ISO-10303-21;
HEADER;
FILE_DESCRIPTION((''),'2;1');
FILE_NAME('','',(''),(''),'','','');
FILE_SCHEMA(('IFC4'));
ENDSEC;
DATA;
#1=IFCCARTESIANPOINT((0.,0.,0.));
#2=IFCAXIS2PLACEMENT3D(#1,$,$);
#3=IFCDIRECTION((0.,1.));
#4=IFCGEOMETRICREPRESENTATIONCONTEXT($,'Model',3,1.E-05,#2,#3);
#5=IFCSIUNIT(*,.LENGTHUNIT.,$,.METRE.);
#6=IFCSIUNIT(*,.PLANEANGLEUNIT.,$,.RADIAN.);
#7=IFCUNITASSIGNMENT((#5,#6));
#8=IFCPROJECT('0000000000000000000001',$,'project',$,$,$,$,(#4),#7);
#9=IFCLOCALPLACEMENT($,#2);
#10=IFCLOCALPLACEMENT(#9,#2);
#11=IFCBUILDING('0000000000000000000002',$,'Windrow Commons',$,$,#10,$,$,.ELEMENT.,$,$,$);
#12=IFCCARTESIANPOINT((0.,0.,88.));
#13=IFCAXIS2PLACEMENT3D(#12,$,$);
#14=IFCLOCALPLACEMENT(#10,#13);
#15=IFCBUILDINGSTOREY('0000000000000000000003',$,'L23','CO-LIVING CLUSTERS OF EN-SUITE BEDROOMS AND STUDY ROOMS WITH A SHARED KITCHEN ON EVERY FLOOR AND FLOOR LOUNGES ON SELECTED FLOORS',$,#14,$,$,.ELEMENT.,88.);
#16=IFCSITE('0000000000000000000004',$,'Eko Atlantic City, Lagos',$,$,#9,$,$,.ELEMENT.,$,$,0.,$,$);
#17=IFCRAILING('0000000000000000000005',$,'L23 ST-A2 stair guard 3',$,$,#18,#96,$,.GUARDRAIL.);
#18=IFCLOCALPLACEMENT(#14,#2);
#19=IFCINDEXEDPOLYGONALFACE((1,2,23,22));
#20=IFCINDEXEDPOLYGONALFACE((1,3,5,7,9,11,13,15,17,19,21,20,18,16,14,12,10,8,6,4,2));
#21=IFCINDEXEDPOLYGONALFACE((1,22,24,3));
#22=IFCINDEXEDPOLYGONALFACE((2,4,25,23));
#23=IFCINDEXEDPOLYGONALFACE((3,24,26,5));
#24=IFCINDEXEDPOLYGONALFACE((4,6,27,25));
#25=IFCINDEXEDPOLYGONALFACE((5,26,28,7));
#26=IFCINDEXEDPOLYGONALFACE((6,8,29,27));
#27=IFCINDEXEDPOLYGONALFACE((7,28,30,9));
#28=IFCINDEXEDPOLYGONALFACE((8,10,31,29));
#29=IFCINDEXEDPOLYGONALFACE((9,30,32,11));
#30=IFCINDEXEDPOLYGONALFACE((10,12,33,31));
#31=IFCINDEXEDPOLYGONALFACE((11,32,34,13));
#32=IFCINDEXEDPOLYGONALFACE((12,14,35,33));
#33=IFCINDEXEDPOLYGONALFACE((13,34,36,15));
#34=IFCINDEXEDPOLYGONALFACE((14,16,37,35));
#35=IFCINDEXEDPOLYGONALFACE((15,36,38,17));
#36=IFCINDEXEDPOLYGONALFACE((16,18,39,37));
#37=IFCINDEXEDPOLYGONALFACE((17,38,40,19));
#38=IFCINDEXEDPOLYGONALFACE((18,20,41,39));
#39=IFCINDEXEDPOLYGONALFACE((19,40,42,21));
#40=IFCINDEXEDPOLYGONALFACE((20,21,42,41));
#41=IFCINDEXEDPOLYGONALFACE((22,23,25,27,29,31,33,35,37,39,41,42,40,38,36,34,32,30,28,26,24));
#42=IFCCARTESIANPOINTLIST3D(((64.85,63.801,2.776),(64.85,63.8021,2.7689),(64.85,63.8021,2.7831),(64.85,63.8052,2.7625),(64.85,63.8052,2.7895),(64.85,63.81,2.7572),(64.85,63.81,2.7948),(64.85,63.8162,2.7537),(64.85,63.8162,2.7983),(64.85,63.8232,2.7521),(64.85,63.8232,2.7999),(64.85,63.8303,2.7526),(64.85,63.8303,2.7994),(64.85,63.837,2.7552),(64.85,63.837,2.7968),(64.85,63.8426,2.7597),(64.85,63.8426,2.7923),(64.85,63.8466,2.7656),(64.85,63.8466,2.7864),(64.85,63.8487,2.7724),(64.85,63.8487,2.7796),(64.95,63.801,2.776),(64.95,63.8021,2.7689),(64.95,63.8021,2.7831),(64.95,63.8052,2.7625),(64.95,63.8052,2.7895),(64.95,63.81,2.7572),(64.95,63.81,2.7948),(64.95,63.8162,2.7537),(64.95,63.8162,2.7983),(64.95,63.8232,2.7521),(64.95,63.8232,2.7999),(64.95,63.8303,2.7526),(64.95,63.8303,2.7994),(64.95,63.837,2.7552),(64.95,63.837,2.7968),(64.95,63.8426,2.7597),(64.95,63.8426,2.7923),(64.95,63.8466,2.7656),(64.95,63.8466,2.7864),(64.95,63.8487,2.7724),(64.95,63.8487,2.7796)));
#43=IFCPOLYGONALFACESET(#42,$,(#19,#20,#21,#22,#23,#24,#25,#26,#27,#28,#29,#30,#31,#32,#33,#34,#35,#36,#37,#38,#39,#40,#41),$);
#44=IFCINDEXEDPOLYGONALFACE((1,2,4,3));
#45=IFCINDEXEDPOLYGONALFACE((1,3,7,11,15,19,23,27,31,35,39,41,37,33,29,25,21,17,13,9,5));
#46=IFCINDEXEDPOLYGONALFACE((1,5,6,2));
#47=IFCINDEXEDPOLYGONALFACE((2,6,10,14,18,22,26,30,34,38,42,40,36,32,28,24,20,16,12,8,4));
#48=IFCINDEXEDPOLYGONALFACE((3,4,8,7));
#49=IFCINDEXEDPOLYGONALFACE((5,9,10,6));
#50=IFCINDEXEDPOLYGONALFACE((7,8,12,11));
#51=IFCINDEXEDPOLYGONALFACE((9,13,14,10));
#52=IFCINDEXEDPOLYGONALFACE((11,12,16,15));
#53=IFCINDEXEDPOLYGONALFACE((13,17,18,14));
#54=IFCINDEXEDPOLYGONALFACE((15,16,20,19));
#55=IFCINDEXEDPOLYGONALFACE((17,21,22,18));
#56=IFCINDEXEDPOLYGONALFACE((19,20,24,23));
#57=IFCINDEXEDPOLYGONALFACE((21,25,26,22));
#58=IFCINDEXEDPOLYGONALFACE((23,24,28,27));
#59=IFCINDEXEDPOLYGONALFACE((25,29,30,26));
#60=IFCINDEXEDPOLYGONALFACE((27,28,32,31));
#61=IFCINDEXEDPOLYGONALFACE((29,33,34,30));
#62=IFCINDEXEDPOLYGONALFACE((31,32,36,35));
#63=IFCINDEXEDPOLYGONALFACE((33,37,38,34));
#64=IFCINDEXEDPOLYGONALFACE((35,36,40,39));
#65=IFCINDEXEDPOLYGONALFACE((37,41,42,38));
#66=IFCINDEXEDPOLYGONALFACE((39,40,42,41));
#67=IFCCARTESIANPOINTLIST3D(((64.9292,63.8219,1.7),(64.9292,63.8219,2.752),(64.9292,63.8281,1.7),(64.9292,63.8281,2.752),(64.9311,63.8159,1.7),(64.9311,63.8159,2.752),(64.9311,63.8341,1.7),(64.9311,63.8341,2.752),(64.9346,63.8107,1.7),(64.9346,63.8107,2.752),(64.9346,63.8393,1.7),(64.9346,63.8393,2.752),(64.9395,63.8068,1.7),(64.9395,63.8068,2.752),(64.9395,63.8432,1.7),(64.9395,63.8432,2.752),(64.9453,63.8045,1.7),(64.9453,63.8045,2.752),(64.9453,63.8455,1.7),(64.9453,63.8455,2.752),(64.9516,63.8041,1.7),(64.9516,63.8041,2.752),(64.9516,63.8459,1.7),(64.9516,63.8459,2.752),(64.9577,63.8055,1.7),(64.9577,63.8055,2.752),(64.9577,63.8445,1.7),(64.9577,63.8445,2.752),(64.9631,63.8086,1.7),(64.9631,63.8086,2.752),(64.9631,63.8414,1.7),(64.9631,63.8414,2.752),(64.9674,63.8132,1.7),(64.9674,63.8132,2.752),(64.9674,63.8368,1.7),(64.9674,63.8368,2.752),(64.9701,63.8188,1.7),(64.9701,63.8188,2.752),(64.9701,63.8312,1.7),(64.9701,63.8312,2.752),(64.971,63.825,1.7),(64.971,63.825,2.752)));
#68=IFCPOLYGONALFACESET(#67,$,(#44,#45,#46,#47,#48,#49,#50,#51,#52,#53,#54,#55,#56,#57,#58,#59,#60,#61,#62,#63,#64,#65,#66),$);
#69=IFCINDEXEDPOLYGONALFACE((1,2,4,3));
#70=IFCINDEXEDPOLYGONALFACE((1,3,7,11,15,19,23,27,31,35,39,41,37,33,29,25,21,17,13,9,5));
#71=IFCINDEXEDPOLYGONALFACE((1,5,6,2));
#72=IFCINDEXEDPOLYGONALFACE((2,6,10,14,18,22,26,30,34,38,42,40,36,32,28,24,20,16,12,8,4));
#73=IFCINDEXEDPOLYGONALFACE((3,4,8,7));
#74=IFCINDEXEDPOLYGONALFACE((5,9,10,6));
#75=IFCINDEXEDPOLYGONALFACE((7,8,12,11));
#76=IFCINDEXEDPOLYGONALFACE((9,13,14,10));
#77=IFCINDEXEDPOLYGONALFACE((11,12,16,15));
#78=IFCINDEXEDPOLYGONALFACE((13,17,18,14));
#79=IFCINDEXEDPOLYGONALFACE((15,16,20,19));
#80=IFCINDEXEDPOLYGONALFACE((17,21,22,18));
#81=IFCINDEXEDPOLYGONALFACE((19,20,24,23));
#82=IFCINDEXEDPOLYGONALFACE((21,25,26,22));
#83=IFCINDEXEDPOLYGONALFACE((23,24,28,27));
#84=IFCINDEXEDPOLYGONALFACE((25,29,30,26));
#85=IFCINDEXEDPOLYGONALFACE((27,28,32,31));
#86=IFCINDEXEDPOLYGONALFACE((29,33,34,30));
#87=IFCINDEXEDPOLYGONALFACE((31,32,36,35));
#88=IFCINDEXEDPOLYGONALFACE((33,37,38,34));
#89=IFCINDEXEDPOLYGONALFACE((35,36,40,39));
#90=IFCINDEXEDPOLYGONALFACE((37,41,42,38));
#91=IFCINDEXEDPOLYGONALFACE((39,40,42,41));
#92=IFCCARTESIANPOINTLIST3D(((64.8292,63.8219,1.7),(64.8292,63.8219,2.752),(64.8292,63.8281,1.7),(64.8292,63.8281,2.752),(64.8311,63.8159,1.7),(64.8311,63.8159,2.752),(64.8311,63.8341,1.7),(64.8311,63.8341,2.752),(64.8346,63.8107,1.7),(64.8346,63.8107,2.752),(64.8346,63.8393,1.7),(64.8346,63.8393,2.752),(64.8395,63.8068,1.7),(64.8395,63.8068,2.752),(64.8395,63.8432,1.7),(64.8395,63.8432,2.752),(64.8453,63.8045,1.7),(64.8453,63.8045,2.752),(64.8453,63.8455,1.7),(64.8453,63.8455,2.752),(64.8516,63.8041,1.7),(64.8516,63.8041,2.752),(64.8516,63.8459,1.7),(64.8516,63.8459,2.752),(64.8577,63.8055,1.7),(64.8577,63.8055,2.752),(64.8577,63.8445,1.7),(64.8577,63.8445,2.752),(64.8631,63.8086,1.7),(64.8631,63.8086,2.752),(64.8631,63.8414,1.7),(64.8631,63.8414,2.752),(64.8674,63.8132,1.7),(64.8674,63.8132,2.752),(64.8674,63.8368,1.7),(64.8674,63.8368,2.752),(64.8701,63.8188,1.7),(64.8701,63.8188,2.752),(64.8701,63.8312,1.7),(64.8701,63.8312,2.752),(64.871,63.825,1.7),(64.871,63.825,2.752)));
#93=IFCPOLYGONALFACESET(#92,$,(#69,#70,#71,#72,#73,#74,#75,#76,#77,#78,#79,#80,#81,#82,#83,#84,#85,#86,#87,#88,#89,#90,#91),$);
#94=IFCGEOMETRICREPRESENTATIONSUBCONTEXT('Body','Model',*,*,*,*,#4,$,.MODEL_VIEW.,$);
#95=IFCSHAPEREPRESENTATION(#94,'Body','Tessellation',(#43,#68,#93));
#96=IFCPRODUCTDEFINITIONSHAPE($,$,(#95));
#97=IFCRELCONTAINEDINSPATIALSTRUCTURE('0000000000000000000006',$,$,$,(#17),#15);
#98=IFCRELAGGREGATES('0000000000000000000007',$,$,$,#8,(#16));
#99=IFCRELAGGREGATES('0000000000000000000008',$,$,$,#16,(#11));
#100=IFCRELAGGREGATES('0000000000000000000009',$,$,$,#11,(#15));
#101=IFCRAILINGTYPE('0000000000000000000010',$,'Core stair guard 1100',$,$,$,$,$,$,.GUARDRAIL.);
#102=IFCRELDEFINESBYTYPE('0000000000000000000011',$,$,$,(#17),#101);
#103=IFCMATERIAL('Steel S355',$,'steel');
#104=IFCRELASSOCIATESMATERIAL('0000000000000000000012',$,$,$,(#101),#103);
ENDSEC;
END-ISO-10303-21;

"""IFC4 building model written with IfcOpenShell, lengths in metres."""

from ifc_helpers import new_model, si_unit, direction, frame, origin, origin_2d, place, context, subcontext, project, spatial, circle, extrude, material, type_object, element, save


model = new_model("IFC4")

# Units and contexts
model_context = context("Model", 3, precision=1e-05, world=origin(), true_north=direction((0.0, 1.0)))
body_context = subcontext(model_context, "Body", "Model", "MODEL_VIEW")
ifc_project = project(units=[si_unit("LENGTHUNIT", "METRE"), si_unit("PLANEANGLEUNIT", "RADIAN")], contexts=[model_context])

# Site, building, storey
site_placement = place(None, origin())
site = spatial("IfcSite", under=ifc_project, at=site_placement, Name="Eko Atlantic City, Lagos", CompositionType="ELEMENT", RefElevation=0.0)
building_placement = place(site_placement, origin())
building = spatial("IfcBuilding", under=site, at=building_placement, Name="Windrow Commons", CompositionType="ELEMENT")
storey_placement = place(building_placement, frame((0.0, 0.0, 88.0)))
storey = spatial("IfcBuildingStorey", under=building, at=storey_placement, Name="L23", Description="CO-LIVING CLUSTERS OF EN-SUITE BEDROOMS AND STUDY ROOMS WITH A SHARED KITCHEN ON EVERY FLOOR AND FLOOR LOUNGES ON SELECTED FLOORS", CompositionType="ELEMENT", Elevation=88.0)

# Railing
ifc_material_1 = material(Name="Steel S355", Category="steel")
railing_type_1 = type_object("IfcRailingType", Name="Core stair guard 1100", PredefinedType="GUARDRAIL", material=ifc_material_1)
railing_1_placement = place(storey_placement, frame((64.95, 63.825, 1.7)))
element("IfcRailing", 1, at=railing_1_placement, inside=storey, type_object=railing_type_1, Name="L23 ST-A2 stair guard 3", PredefinedType="GUARDRAIL", context=body_context, shape_type="SweptSolid", body=[
    extrude(circle(Radius=0.024, at=origin_2d()), frame((0.0, 0.0, 1.076), z_axis=(-1.0, 0.0, 0.0), x_axis=(0.0, -1.0, 0.0)), (0.0, 0.0, 1.0), 0.1),
    extrude(circle(Radius=0.021, at=origin_2d()), origin(), (0.0, 0.0, 1.0), 1.052),
    extrude(circle(Radius=0.021, at=origin_2d()), frame((-0.1, 0.0, 0.0)), (0.0, 0.0, 1.0), 1.052),
])

save(model, "model.ifc")
